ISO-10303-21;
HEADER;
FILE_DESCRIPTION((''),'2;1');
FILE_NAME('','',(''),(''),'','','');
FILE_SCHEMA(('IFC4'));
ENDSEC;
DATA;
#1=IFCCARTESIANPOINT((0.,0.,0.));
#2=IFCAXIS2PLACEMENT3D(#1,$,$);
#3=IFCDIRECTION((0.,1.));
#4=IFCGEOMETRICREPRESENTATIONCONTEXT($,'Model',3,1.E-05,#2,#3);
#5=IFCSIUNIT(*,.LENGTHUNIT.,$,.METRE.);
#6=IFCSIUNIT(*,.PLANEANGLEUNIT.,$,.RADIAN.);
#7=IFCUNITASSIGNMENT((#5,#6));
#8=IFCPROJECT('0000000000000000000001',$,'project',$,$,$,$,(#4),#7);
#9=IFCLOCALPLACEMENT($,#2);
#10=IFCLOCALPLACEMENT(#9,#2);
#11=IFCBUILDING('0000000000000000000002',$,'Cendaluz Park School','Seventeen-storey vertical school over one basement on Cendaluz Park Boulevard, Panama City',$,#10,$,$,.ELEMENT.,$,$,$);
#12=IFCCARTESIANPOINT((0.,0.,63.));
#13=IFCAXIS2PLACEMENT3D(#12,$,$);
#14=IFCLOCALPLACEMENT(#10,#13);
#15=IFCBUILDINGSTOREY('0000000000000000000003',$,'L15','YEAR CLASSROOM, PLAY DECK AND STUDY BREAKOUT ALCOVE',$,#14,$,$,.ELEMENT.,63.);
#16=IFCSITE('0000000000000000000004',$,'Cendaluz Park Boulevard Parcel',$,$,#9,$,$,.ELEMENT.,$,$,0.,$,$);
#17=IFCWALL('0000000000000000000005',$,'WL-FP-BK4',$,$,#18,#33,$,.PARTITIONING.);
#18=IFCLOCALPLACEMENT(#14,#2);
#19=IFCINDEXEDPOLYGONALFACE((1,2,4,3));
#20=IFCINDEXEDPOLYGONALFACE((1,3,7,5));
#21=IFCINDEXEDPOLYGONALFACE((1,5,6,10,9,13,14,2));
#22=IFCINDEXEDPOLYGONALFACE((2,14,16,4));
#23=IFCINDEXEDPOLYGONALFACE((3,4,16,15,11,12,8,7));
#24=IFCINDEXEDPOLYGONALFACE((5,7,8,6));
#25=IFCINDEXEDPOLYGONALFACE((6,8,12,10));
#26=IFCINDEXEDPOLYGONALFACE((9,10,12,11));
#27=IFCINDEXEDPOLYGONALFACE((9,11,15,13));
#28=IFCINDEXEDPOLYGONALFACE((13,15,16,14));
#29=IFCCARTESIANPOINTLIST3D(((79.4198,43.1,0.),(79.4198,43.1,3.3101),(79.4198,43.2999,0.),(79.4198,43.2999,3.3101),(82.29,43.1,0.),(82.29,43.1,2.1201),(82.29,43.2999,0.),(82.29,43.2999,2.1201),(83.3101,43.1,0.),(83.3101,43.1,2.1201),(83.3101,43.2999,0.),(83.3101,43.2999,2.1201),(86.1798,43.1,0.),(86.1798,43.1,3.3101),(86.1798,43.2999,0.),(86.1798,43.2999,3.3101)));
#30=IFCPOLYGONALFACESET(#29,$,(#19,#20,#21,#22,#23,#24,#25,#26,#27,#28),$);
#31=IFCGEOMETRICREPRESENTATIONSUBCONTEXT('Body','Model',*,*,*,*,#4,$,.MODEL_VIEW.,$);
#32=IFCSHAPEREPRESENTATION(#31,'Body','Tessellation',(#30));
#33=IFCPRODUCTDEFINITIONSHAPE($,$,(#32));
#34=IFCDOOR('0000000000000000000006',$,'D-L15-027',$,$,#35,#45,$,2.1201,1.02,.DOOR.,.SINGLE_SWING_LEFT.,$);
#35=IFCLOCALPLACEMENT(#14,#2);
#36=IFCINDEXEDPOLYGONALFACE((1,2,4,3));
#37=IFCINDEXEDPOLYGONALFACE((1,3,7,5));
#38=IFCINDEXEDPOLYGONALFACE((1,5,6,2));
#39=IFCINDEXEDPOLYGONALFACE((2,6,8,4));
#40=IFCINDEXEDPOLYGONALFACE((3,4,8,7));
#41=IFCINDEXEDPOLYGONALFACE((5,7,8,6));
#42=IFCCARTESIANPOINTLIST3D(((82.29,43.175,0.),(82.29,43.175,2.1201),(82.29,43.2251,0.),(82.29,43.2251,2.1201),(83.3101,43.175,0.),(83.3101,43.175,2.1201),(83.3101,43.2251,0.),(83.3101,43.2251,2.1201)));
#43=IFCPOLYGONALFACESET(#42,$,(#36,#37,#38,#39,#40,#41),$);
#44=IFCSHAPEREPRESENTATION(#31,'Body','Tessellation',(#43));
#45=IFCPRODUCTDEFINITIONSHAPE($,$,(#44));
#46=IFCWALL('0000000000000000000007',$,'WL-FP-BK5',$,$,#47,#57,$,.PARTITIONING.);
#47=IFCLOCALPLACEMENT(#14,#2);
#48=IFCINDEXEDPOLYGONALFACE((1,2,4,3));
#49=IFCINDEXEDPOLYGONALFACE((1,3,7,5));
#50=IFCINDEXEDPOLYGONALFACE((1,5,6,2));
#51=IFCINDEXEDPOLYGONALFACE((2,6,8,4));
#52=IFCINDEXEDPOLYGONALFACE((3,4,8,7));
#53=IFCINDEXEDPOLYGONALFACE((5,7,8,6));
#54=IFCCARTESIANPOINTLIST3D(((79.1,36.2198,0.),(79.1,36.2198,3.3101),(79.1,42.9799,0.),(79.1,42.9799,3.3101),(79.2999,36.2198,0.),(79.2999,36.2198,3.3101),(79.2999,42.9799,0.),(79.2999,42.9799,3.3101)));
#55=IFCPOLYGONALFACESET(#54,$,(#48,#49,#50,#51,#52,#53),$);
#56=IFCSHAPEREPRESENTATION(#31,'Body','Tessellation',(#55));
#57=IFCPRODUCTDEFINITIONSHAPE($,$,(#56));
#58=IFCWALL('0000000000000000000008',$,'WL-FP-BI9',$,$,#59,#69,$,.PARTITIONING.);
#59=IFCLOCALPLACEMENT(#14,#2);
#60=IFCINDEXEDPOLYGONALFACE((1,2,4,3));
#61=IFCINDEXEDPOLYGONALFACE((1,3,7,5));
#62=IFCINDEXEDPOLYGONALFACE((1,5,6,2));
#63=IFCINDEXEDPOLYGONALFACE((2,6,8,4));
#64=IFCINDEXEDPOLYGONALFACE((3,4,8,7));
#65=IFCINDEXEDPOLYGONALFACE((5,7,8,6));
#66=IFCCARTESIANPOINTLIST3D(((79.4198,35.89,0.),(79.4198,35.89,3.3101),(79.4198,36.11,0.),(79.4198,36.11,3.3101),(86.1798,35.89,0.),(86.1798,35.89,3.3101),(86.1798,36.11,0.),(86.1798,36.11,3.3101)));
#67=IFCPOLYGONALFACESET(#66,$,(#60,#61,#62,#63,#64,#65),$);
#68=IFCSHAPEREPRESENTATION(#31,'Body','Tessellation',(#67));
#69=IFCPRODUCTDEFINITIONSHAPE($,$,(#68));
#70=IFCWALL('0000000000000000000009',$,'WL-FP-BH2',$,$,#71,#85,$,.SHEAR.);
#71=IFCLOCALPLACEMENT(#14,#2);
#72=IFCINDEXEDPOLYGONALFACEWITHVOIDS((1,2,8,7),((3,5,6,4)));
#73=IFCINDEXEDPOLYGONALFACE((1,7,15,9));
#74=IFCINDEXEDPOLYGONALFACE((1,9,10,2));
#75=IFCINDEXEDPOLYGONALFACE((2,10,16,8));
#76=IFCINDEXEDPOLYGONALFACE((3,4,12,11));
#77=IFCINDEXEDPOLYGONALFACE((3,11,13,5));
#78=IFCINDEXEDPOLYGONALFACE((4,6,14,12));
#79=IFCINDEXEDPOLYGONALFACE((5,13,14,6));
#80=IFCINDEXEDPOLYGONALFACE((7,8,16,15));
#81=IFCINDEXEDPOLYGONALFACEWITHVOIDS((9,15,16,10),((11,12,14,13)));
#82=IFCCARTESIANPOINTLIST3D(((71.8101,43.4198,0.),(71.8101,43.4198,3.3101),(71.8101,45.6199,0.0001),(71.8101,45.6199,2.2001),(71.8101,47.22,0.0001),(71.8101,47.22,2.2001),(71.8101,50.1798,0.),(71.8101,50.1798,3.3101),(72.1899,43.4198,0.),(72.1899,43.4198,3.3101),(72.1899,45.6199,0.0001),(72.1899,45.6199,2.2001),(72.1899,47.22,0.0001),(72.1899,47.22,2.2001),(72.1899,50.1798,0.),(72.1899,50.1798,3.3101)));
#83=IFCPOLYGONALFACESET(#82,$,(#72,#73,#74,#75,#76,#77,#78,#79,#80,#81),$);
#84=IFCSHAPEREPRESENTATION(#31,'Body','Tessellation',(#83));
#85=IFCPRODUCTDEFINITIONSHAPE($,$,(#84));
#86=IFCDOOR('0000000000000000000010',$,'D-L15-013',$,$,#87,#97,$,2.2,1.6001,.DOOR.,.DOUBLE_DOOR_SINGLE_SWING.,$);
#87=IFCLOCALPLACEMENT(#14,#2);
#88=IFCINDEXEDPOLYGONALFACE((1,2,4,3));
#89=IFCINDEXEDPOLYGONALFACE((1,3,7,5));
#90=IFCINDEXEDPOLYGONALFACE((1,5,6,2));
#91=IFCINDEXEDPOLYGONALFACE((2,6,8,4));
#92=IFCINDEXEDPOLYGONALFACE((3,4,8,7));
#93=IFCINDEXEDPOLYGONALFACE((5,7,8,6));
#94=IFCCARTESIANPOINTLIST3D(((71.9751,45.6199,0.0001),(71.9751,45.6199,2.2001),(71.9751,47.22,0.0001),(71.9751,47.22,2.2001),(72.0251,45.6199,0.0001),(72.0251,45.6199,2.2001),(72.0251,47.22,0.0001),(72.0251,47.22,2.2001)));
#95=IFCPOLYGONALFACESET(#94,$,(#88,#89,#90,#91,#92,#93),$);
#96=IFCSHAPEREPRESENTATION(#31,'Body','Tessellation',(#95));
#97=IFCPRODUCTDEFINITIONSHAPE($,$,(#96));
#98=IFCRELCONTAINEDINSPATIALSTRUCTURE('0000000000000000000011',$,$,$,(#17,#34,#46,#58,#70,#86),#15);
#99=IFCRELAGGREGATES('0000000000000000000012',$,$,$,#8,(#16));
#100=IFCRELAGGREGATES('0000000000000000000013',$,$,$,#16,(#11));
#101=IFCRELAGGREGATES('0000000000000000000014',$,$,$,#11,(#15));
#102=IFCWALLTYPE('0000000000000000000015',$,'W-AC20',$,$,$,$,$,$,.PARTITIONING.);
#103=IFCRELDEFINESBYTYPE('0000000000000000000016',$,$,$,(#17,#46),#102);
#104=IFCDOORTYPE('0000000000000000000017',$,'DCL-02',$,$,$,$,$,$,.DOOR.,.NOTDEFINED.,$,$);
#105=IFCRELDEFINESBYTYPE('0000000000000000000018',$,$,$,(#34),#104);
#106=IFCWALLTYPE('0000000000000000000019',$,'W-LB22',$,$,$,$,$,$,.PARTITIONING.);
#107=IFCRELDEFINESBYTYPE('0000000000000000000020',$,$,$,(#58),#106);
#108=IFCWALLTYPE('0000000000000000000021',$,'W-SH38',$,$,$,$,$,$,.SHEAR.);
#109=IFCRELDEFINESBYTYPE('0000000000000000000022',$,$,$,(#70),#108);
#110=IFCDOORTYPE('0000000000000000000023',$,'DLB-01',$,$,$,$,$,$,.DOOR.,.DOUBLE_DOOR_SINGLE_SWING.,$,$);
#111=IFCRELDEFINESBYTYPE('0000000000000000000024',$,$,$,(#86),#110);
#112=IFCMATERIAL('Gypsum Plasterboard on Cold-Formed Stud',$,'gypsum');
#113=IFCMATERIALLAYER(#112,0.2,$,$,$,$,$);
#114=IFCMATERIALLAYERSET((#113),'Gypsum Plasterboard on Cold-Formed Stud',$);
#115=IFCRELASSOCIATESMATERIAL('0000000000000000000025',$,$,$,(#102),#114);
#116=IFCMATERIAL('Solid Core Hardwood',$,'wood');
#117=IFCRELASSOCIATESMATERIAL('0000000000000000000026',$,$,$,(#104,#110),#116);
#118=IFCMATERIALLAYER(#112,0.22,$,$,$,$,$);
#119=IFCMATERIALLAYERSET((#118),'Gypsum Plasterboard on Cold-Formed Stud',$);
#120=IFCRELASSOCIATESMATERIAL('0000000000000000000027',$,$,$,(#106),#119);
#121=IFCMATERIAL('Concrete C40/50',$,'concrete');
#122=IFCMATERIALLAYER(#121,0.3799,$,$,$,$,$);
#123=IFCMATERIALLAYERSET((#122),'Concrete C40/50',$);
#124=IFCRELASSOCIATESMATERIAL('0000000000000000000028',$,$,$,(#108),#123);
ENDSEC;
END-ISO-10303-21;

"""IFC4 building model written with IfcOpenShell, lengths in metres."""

from ifc_helpers import new_model, si_unit, direction, frame, frame_2d, origin, place, context, subcontext, project, spatial, rectangle, extrude, material, layer, layer_set, type_object, element, fill, save


model = new_model("IFC4")

# Units and contexts
model_context = context("Model", 3, precision=1e-05, world=origin(), true_north=direction((0.0, 1.0)))
body_context = subcontext(model_context, "Body", "Model", "MODEL_VIEW")
ifc_project = project(units=[si_unit("LENGTHUNIT", "METRE"), si_unit("PLANEANGLEUNIT", "RADIAN")], contexts=[model_context])

# Site, building, storey
site_placement = place(None, origin())
site = spatial("IfcSite", under=ifc_project, at=site_placement, Name="Cendaluz Park Boulevard Parcel", CompositionType="ELEMENT", RefElevation=0.0)
building_placement = place(site_placement, origin())
building = spatial("IfcBuilding", under=site, at=building_placement, Name="Cendaluz Park School", Description="Seventeen-storey vertical school over one basement on Cendaluz Park Boulevard, Panama City", CompositionType="ELEMENT")
storey_placement = place(building_placement, frame((0.0, 0.0, 63.0)))
storey = spatial("IfcBuildingStorey", under=building, at=storey_placement, Name="L15", Description="YEAR CLASSROOM, PLAY DECK AND STUDY BREAKOUT ALCOVE", CompositionType="ELEMENT", Elevation=63.0)

# Wall, opening, door
ifc_material_1 = material(Name="Gypsum Plasterboard on Cold-Formed Stud", Category="gypsum")
ifc_layer_1 = layer(ifc_material_1, 0.2)
ifc_layer_set_1 = layer_set([ifc_layer_1], Name="Gypsum Plasterboard on Cold-Formed Stud")
wall_type_1 = type_object("IfcWallType", Name="W-AC20", PredefinedType="PARTITIONING", material=ifc_layer_set_1)
ifc_material_2 = material(Name="Solid Core Hardwood", Category="wood")
wall_1_placement = place(storey_placement, frame((79.4199, 43.2, 0.0), z_axis=(0.0, 0.0, 1.0), x_axis=(1.0, 0.0, 0.0)))
wall_1 = element("IfcWall", 1, at=wall_1_placement, inside=storey, type_object=wall_type_1, Name="WL-FP-BK4", PredefinedType="PARTITIONING", context=body_context, shape_type="SweptSolid", body=[
    extrude(rectangle(XDim=6.76, YDim=0.2, at=frame_2d((3.3799, 0.0))), origin(), (0.0, 0.0, 1.0), 3.3101),
])
opening_1_placement = place(wall_1_placement, frame((2.8701, 0.0, 0.0)))
opening_1 = element("IfcOpeningElement", 2, at=opening_1_placement, cuts=wall_1, PredefinedType="OPENING", context=body_context, shape_type="SweptSolid", body=[
    extrude(rectangle(XDim=1.02, YDim=2.1201, at=frame_2d((0.51, 1.0601))), frame((0.0, 0.1121, 0.0), z_axis=(0.0, -1.0, 0.0), x_axis=(1.0, 0.0, 0.0)), (0.0, 0.0, 1.0), 0.2239),
])
door_type_1 = type_object("IfcDoorType", Name="DCL-02", OperationType="NOTDEFINED", PredefinedType="DOOR", material=ifc_material_2)
door_1_placement = place(opening_1_placement, frame((1.02, 0.0, 0.0), z_axis=(0.0, 0.0, 1.0), x_axis=(-1.0, 0.0, 0.0)))
door_1 = element("IfcDoor", 3, at=door_1_placement, inside=storey, type_object=door_type_1, Name="D-L15-027", OperationType="SINGLE_SWING_LEFT", OverallHeight=2.1201, OverallWidth=1.02, PredefinedType="DOOR", context=body_context, shape_type="SweptSolid", body=[
    extrude(rectangle(XDim=1.02, YDim=2.1201, at=frame_2d((0.51, 1.0601))), frame((0.0, 0.0249, 0.0), z_axis=(0.0, -1.0, 0.0), x_axis=(1.0, 0.0, 0.0)), (0.0, 0.0, 1.0), 0.05),
])
fill(opening_1, door_1)

# Walls
wall_2_placement = place(storey_placement, frame((79.2, 36.22, 0.0), z_axis=(0.0, 0.0, 1.0), x_axis=(0.0, 1.0, 0.0)))
element("IfcWall", 4, at=wall_2_placement, inside=storey, type_object=wall_type_1, Name="WL-FP-BK5", PredefinedType="PARTITIONING", context=body_context, shape_type="SweptSolid", body=[
    extrude(rectangle(XDim=6.76, YDim=0.2, at=frame_2d((3.3799, 0.0))), origin(), (0.0, 0.0, 1.0), 3.3101),
])
ifc_layer_2 = layer(ifc_material_1, 0.22)
ifc_layer_set_2 = layer_set([ifc_layer_2], Name="Gypsum Plasterboard on Cold-Formed Stud")
wall_type_2 = type_object("IfcWallType", Name="W-LB22", PredefinedType="PARTITIONING", material=ifc_layer_set_2)
wall_3_placement = place(storey_placement, frame((79.4199, 36.0, 0.0), z_axis=(0.0, 0.0, 1.0), x_axis=(1.0, 0.0, 0.0)))
element("IfcWall", 5, at=wall_3_placement, inside=storey, type_object=wall_type_2, Name="WL-FP-BI9", PredefinedType="PARTITIONING", context=body_context, shape_type="SweptSolid", body=[
    extrude(rectangle(XDim=6.76, YDim=0.22, at=frame_2d((3.3799, 0.0))), origin(), (0.0, 0.0, 1.0), 3.3101),
])

# Wall, opening, door
ifc_material_3 = material(Name="Concrete C40/50", Category="concrete")
ifc_layer_3 = layer(ifc_material_3, 0.3799)
ifc_layer_set_3 = layer_set([ifc_layer_3], Name="Concrete C40/50")
wall_type_3 = type_object("IfcWallType", Name="W-SH38", PredefinedType="SHEAR", material=ifc_layer_set_3)
wall_4_placement = place(storey_placement, frame((72.0, 43.4199, 0.0), z_axis=(0.0, 0.0, 1.0), x_axis=(0.0, 1.0, 0.0)))
wall_4 = element("IfcWall", 6, at=wall_4_placement, inside=storey, type_object=wall_type_3, Name="WL-FP-BH2", PredefinedType="SHEAR", context=body_context, shape_type="SweptSolid", body=[
    extrude(rectangle(XDim=6.76, YDim=0.3799, at=frame_2d((3.3799, 0.0))), origin(), (0.0, 0.0, 1.0), 3.3101),
])
opening_2_placement = place(wall_4_placement, frame((2.2, 0.0, 0.0)))
opening_2 = element("IfcOpeningElement", 7, at=opening_2_placement, cuts=wall_4, PredefinedType="OPENING", context=body_context, shape_type="SweptSolid", body=[
    extrude(rectangle(XDim=1.6001, YDim=2.2, at=frame_2d((0.8, 1.1001))), frame((0.0, 0.2019, 0.0), z_axis=(0.0, -1.0, 0.0), x_axis=(1.0, 0.0, 0.0)), (0.0, 0.0, 1.0), 0.4038),
])
door_type_2 = type_object("IfcDoorType", Name="DLB-01", OperationType="DOUBLE_DOOR_SINGLE_SWING", PredefinedType="DOOR", material=ifc_material_2)
door_2_placement = place(opening_2_placement, origin())
door_2 = element("IfcDoor", 8, at=door_2_placement, inside=storey, type_object=door_type_2, Name="D-L15-013", OperationType="DOUBLE_DOOR_SINGLE_SWING", OverallHeight=2.2, OverallWidth=1.6001, PredefinedType="DOOR", context=body_context, shape_type="SweptSolid", body=[
    extrude(rectangle(XDim=1.6001, YDim=2.2, at=frame_2d((0.8, 1.1001))), frame((0.0, 0.0249, 0.0), z_axis=(0.0, -1.0, 0.0), x_axis=(1.0, 0.0, 0.0)), (0.0, 0.0, 1.0), 0.05),
])
fill(opening_2, door_2)

save(model, "model.ifc")
